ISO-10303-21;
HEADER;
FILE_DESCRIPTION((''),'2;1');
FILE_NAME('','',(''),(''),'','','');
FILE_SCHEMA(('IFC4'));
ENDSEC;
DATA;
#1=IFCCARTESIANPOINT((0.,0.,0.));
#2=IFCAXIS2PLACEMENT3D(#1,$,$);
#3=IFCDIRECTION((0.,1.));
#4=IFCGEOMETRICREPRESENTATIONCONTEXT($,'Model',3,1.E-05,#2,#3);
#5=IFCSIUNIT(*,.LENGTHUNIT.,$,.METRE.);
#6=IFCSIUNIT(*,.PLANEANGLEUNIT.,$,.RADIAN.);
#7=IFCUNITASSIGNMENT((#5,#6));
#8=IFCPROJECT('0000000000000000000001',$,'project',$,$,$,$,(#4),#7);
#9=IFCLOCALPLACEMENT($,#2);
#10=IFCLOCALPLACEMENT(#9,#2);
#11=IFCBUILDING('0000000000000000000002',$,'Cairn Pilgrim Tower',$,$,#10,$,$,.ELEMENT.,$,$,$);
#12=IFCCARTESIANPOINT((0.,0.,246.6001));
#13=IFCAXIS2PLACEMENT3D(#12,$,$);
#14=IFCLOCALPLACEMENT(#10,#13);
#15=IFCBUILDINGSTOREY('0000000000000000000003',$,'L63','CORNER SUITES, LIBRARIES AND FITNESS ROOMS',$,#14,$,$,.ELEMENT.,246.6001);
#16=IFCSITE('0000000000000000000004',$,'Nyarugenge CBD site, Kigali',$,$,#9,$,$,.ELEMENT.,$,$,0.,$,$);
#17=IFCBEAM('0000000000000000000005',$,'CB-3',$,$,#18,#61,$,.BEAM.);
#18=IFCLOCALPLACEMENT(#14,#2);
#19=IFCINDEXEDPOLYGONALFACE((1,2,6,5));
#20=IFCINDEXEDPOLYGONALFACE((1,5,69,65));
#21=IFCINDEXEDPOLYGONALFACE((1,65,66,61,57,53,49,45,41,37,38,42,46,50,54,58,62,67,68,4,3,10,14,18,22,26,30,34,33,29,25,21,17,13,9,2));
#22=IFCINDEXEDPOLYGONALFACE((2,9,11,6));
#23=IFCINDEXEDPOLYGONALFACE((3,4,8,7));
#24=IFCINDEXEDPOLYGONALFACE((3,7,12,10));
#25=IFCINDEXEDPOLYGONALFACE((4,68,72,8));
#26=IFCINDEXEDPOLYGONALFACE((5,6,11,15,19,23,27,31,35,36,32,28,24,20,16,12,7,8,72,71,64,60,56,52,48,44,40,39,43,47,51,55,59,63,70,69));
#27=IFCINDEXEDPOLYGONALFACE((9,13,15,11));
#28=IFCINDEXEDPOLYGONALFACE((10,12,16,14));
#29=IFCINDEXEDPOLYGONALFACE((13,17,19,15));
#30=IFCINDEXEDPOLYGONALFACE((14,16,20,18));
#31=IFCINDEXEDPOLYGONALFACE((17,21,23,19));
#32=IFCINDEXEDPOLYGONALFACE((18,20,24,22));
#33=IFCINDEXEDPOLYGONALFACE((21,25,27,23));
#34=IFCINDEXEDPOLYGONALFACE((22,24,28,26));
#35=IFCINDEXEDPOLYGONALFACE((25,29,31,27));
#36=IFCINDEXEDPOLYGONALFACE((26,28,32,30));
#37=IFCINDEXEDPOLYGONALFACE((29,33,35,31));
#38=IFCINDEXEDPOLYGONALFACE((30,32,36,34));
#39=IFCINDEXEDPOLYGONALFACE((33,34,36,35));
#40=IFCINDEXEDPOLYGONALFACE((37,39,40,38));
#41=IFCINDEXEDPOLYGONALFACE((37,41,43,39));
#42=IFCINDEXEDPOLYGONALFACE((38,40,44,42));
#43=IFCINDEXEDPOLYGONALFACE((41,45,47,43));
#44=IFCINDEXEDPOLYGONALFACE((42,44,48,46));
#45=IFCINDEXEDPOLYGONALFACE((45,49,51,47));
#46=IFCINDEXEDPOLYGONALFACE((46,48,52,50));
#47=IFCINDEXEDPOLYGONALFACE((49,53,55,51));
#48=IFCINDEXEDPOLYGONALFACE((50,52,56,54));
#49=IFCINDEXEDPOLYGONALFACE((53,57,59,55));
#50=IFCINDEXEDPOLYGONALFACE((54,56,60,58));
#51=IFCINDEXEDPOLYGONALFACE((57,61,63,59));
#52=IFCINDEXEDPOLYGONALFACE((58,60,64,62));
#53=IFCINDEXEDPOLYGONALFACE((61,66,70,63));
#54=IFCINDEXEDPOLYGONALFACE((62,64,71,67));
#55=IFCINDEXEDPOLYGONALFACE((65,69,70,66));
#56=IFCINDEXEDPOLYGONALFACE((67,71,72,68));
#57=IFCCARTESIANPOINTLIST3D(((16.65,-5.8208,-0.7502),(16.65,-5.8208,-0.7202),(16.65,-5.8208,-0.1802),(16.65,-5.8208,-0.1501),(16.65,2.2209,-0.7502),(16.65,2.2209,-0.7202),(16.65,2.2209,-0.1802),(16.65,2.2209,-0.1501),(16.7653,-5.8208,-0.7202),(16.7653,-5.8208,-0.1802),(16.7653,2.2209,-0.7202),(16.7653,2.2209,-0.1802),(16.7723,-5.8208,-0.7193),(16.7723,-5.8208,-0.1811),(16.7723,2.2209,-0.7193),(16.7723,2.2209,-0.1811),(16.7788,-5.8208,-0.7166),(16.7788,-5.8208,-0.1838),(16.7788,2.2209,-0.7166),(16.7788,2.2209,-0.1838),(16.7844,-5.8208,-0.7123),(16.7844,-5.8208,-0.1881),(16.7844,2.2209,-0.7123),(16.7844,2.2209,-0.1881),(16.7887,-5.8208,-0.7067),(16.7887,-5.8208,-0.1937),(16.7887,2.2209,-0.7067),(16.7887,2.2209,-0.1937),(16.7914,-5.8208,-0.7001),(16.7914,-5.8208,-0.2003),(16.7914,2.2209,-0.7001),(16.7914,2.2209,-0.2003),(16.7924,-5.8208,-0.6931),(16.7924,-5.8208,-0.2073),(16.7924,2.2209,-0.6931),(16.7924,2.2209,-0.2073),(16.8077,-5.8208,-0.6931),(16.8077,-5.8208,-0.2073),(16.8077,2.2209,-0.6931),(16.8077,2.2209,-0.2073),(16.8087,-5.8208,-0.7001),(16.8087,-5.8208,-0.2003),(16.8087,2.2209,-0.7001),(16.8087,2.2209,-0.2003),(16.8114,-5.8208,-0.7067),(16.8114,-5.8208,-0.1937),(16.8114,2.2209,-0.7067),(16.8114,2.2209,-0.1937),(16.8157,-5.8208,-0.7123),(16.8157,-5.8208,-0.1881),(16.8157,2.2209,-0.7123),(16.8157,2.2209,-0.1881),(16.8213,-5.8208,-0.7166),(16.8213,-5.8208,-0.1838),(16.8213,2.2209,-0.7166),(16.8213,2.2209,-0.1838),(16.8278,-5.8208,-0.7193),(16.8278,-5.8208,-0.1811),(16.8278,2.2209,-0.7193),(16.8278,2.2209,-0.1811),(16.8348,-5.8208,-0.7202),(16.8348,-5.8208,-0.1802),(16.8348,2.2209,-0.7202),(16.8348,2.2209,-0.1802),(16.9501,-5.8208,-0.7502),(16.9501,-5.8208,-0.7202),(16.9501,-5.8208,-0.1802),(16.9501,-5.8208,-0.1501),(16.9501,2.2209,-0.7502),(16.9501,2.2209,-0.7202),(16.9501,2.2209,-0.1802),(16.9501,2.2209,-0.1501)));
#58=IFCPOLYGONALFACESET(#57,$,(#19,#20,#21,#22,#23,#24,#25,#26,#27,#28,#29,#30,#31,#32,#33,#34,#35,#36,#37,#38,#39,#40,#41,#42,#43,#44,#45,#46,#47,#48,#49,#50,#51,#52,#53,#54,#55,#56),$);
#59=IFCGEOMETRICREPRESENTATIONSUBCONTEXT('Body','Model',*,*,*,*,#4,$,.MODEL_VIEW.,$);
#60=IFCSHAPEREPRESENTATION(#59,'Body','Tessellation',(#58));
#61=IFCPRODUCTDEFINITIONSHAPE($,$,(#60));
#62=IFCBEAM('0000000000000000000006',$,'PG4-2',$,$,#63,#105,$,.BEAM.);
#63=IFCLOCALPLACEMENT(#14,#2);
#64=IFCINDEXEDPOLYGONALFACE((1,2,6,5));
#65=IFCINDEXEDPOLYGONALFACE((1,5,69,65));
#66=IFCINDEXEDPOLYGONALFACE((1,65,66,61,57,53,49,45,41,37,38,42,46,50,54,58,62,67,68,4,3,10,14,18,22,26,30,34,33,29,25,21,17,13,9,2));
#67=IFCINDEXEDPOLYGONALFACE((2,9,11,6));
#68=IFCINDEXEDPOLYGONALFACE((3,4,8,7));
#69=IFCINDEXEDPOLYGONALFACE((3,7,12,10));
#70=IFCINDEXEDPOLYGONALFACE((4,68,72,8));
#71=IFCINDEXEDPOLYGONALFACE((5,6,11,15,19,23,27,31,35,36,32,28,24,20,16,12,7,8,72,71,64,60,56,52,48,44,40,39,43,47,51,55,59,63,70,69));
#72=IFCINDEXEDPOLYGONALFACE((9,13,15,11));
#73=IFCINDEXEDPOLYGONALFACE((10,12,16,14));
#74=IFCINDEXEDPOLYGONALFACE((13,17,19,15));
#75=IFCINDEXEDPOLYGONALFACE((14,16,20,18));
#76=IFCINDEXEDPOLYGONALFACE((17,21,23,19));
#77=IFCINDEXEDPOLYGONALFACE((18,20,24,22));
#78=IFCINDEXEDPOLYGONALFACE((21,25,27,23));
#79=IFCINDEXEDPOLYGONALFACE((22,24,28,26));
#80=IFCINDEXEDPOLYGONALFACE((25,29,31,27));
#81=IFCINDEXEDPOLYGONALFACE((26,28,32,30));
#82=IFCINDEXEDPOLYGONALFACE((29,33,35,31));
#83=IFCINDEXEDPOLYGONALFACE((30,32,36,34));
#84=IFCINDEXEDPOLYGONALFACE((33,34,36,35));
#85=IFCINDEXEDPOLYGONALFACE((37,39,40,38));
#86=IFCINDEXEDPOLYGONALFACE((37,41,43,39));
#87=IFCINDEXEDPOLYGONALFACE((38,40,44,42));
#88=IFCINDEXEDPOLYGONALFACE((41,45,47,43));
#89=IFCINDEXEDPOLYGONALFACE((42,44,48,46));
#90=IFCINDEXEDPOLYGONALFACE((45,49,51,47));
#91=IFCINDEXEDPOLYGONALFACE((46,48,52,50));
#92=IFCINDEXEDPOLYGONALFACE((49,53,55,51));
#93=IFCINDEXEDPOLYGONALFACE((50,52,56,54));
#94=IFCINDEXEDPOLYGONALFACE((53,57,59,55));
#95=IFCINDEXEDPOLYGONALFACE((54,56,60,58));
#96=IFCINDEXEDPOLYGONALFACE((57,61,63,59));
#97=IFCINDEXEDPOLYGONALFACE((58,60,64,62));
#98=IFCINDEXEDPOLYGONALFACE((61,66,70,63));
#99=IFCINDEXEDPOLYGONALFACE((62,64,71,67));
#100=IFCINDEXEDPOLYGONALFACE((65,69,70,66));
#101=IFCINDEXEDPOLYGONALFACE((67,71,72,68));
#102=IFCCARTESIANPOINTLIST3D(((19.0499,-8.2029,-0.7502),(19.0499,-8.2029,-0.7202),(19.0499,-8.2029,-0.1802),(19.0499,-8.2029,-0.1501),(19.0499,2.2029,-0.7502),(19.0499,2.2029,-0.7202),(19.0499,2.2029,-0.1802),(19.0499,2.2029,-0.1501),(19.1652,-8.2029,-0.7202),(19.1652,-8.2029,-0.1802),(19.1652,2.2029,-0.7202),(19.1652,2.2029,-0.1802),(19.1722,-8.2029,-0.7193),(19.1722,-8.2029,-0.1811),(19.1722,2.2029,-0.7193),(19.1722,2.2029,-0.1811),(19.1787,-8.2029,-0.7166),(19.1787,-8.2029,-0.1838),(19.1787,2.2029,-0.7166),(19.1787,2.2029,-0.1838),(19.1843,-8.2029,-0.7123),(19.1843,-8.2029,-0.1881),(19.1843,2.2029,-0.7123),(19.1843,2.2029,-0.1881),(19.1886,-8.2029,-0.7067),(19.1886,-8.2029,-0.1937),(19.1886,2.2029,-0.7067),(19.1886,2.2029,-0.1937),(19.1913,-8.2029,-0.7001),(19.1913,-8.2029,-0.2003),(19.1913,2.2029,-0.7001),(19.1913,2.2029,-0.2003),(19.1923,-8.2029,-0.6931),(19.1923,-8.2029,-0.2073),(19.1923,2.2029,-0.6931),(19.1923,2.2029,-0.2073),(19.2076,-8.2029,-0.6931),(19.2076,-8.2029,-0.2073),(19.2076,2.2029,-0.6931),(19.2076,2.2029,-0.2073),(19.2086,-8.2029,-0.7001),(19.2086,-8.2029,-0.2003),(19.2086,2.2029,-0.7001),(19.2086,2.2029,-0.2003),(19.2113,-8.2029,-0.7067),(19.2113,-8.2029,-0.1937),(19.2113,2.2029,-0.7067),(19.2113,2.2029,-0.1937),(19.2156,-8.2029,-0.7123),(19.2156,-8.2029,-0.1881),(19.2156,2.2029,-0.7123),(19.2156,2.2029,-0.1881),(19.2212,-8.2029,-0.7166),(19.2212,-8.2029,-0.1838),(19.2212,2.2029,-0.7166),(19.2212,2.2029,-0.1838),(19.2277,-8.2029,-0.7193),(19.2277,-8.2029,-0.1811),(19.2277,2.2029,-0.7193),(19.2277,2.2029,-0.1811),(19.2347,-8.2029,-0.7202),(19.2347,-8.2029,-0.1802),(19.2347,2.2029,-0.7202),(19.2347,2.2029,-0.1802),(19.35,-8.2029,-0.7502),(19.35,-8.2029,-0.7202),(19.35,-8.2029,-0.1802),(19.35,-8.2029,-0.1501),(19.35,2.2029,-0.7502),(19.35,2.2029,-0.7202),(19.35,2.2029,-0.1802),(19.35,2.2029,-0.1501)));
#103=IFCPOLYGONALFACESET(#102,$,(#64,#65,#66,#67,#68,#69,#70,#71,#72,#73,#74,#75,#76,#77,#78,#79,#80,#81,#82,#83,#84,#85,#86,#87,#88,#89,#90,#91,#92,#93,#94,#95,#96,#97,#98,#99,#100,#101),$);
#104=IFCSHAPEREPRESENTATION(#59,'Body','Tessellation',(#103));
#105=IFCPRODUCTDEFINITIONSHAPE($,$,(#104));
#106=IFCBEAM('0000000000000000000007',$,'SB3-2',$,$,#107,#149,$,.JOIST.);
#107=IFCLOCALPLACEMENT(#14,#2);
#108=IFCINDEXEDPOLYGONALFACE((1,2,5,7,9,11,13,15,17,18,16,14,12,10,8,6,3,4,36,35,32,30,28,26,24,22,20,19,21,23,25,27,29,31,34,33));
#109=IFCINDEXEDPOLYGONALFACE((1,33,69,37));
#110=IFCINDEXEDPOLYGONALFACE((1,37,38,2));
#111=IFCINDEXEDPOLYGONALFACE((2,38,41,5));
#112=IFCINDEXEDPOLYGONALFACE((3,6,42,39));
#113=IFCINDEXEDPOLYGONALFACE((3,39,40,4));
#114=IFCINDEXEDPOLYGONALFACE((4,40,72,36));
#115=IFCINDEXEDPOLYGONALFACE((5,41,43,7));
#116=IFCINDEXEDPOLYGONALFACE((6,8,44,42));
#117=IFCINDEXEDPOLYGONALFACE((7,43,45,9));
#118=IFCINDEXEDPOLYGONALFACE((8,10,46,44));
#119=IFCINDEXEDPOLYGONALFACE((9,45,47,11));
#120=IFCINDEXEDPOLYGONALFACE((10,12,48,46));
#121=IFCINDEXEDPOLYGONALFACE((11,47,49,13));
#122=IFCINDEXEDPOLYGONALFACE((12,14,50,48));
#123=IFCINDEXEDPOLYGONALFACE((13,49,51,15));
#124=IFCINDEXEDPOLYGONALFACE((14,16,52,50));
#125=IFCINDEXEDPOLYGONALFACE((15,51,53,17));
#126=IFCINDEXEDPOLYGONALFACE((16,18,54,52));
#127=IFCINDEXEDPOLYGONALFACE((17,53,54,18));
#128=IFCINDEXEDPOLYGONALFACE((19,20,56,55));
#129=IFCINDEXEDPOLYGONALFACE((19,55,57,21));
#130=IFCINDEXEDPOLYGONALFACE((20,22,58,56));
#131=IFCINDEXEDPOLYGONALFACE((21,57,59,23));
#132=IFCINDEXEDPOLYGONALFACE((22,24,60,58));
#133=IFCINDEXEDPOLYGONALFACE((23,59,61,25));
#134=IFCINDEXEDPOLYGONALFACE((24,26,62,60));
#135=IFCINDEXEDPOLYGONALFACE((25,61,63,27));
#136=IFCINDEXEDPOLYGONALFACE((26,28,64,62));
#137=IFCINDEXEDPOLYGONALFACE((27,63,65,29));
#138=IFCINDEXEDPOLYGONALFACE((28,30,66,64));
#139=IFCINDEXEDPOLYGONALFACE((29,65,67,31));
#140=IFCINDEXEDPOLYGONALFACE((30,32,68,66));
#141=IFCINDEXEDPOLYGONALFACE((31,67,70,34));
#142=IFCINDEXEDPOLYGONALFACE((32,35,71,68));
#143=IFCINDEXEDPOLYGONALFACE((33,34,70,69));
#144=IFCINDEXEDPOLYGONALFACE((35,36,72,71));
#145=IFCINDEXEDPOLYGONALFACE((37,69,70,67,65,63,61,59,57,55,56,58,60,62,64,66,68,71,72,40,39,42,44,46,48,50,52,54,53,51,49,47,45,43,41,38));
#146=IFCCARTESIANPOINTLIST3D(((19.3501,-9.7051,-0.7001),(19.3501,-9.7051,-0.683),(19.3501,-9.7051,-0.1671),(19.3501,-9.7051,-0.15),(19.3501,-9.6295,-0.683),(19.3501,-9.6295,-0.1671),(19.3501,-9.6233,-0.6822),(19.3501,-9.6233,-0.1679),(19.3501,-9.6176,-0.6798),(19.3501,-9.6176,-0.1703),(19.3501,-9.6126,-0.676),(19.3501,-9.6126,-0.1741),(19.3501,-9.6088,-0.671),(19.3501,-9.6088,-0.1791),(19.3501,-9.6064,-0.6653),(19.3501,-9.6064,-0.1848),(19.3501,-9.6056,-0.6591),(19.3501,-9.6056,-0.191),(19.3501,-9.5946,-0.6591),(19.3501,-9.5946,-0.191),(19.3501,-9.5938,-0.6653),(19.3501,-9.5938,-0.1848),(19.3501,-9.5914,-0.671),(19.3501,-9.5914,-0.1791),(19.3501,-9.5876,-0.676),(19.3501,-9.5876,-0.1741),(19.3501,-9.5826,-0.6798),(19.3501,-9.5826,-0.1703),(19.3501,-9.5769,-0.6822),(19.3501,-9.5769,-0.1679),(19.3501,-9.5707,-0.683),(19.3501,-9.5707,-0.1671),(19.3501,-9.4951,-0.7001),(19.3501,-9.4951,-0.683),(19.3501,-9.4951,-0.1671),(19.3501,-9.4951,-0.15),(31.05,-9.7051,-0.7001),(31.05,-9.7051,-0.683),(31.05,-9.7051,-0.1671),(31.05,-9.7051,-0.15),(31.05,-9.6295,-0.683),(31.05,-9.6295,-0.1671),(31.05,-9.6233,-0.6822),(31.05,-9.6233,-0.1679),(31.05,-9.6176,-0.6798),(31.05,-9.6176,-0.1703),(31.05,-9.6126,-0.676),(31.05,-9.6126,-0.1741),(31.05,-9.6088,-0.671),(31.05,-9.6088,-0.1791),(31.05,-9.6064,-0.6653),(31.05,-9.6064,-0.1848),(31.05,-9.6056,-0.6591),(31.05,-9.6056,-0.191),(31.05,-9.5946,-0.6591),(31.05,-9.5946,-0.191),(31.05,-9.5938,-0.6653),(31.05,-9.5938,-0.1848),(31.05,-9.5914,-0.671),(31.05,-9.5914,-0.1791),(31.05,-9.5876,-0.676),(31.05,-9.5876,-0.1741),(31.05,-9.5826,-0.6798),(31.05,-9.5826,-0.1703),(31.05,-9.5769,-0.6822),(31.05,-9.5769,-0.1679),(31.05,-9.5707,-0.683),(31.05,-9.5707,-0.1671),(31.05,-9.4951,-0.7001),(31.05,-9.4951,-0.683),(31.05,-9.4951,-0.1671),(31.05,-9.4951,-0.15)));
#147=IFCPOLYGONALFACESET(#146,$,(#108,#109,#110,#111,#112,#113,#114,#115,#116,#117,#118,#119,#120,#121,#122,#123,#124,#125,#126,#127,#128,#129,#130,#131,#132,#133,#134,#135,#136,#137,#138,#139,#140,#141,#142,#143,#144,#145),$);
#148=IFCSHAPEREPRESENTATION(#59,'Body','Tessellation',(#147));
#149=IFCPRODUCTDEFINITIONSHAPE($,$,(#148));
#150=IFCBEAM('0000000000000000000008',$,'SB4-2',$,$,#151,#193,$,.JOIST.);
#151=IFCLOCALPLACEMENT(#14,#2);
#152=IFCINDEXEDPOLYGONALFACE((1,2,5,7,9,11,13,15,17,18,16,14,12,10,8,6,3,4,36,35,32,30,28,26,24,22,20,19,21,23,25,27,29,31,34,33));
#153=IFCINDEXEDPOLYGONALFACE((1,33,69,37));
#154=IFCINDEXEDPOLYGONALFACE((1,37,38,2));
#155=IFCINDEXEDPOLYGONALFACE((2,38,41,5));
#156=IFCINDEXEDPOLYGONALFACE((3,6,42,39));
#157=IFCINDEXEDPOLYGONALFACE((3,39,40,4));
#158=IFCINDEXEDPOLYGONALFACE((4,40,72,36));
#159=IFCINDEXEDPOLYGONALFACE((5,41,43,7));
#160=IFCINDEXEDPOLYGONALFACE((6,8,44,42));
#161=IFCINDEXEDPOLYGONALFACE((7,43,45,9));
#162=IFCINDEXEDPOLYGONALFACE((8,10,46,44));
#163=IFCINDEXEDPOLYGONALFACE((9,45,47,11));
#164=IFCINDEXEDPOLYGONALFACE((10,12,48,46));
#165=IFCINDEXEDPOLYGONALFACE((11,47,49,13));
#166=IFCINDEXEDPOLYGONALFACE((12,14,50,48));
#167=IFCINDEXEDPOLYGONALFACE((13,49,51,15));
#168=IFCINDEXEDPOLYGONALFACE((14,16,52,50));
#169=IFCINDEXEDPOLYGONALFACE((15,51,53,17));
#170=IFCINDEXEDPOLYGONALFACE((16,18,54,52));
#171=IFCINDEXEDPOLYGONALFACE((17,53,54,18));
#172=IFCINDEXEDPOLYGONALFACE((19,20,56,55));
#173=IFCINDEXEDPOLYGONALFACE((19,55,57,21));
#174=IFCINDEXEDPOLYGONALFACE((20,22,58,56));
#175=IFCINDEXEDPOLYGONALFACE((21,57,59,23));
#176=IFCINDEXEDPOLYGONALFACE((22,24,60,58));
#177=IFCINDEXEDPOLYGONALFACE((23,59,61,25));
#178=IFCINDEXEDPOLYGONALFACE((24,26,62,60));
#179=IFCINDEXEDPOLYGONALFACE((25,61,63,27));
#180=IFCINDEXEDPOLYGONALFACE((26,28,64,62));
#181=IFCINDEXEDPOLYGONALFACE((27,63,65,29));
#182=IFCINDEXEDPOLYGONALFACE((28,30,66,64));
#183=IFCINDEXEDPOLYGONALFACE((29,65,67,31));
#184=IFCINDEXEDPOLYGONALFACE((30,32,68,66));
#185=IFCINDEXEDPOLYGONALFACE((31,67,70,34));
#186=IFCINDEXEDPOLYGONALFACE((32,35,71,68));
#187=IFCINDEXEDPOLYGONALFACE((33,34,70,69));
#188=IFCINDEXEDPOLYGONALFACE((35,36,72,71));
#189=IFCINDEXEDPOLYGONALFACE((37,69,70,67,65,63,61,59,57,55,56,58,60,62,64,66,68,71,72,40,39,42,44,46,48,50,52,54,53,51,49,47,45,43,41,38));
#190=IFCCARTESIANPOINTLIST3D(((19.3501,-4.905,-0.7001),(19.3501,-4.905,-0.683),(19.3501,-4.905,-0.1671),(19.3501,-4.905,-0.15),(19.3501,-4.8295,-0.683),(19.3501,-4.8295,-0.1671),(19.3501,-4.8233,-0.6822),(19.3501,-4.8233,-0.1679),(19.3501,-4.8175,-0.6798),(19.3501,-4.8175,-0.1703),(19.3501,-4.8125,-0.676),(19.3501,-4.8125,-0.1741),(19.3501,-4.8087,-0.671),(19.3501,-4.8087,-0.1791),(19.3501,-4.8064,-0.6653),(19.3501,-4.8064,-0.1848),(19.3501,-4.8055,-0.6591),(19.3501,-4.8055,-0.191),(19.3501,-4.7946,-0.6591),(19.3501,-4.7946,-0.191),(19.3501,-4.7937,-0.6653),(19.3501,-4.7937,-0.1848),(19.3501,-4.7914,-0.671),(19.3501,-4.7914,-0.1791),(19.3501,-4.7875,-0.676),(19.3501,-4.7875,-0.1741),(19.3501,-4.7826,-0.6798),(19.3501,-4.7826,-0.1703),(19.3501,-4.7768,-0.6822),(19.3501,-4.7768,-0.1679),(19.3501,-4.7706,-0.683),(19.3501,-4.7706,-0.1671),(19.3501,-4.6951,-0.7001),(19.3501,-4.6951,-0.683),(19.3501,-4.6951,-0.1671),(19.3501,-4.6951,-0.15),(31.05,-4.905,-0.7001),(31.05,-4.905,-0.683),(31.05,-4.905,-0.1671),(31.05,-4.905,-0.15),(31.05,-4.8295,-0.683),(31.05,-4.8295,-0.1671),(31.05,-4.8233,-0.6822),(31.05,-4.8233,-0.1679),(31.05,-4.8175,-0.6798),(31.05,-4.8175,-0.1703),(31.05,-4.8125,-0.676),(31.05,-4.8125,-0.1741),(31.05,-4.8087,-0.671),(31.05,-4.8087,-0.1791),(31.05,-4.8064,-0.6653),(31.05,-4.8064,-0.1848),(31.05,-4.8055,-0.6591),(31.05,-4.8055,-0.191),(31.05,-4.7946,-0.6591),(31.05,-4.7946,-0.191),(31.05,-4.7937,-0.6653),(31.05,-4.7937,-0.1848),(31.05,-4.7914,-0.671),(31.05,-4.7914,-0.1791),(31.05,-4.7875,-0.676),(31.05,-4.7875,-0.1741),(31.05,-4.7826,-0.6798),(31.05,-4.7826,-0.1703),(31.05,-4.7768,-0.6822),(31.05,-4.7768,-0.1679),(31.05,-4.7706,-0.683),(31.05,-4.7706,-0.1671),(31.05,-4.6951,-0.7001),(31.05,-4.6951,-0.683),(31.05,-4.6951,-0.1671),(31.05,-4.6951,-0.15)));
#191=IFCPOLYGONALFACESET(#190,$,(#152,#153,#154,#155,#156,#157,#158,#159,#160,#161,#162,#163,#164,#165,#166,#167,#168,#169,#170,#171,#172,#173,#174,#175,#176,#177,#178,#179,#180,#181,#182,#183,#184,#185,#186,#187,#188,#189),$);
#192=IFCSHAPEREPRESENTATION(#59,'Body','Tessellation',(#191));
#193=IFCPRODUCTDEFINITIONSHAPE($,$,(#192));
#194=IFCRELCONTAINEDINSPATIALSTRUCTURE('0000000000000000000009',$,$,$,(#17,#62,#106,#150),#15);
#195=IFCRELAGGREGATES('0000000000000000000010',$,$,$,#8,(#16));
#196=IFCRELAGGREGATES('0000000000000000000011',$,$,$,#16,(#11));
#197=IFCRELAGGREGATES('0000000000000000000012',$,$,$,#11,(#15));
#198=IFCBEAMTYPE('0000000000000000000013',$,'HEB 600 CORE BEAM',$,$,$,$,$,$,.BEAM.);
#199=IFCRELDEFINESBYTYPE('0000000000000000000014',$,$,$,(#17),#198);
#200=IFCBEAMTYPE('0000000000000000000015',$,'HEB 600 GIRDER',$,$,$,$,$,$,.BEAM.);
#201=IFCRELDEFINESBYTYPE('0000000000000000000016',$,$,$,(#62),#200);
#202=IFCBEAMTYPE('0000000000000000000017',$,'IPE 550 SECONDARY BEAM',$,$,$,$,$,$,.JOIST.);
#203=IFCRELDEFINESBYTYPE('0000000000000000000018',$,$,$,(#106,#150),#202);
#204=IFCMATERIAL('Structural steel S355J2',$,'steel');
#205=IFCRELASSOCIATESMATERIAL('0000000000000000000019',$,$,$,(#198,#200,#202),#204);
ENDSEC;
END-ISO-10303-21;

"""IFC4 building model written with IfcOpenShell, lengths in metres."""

from ifc_helpers import new_model, si_unit, direction, frame, origin, origin_2d, place, context, subcontext, project, spatial, i_section, extrude, material, material_profile, profile_set, type_object, element, save


model = new_model("IFC4")

# Units and contexts
model_context = context("Model", 3, precision=1e-05, world=origin(), true_north=direction((0.0, 1.0)))
body_context = subcontext(model_context, "Body", "Model", "MODEL_VIEW")
ifc_project = project(units=[si_unit("LENGTHUNIT", "METRE"), si_unit("PLANEANGLEUNIT", "RADIAN")], contexts=[model_context])

# Site, building, storey
site_placement = place(None, origin())
site = spatial("IfcSite", under=ifc_project, at=site_placement, Name="Nyarugenge CBD site, Kigali", CompositionType="ELEMENT", RefElevation=0.0)
building_placement = place(site_placement, origin())
building = spatial("IfcBuilding", under=site, at=building_placement, Name="Cairn Pilgrim Tower", CompositionType="ELEMENT")
storey_placement = place(building_placement, frame((0.0, 0.0, 246.6001)))
storey = spatial("IfcBuildingStorey", under=building, at=storey_placement, Name="L63", Description="CORNER SUITES, LIBRARIES AND FITNESS ROOMS", CompositionType="ELEMENT", Elevation=246.6001)

# Shared definitions
ifc_material_1 = material(Name="Structural steel S355J2", Category="steel")

# Beams
ifc_material_profile_1 = material_profile(ifc_material_1, i_section(OverallWidth=0.3, OverallDepth=0.6001, WebThickness=0.0154, FlangeThickness=0.03, FilletRadius=0.0271, at=origin_2d()), Name="HEB 600")
ifc_profile_set_1 = profile_set([ifc_material_profile_1], Name="Structural steel S355J2")
beam_type_1 = type_object("IfcBeamType", Name="HEB 600 CORE BEAM", PredefinedType="BEAM", material=ifc_profile_set_1)
beam_1_placement = place(storey_placement, frame((16.8, -5.8208, -0.4502), z_axis=(0.0, 1.0, 0.0), x_axis=(-1.0, 0.0, 0.0)))
element("IfcBeam", 1, at=beam_1_placement, inside=storey, type_object=beam_type_1, Name="CB-3", PredefinedType="BEAM", context=body_context, shape_type="SweptSolid", body=[
    extrude(i_section(OverallWidth=0.3, OverallDepth=0.6001, WebThickness=0.0154, FlangeThickness=0.03, FilletRadius=0.0271, at=origin_2d()), origin(), (0.0, 0.0, 1.0), 8.0417),
])
ifc_material_profile_2 = material_profile(ifc_material_1, i_section(OverallWidth=0.3, OverallDepth=0.6001, WebThickness=0.0154, FlangeThickness=0.03, FilletRadius=0.0271, at=origin_2d()), Name="HEB 600")
ifc_profile_set_2 = profile_set([ifc_material_profile_2], Name="Structural steel S355J2")
beam_type_2 = type_object("IfcBeamType", Name="HEB 600 GIRDER", PredefinedType="BEAM", material=ifc_profile_set_2)
beam_2_placement = place(storey_placement, frame((19.2, -8.2029, -0.4502), z_axis=(0.0, 1.0, 0.0), x_axis=(-1.0, 0.0, 0.0)))
element("IfcBeam", 2, at=beam_2_placement, inside=storey, type_object=beam_type_2, Name="PG4-2", PredefinedType="BEAM", context=body_context, shape_type="SweptSolid", body=[
    extrude(i_section(OverallWidth=0.3, OverallDepth=0.6001, WebThickness=0.0154, FlangeThickness=0.03, FilletRadius=0.0271, at=origin_2d()), origin(), (0.0, 0.0, 1.0), 10.4058),
])
ifc_material_profile_3 = material_profile(ifc_material_1, i_section(OverallWidth=0.21, OverallDepth=0.55, WebThickness=0.011, FlangeThickness=0.0171, FilletRadius=0.0239, at=origin_2d()), Name="IPE 550")
ifc_profile_set_3 = profile_set([ifc_material_profile_3], Name="Structural steel S355J2")
beam_type_3 = type_object("IfcBeamType", Name="IPE 550 SECONDARY BEAM", PredefinedType="JOIST", material=ifc_profile_set_3)
for number, where, z_axis, x_axis, name in (
    (3, (19.3501, -9.6001, -0.425), (1.0, 0.0, 0.0), (0.0, 1.0, 0.0), "SB3-2"),
    (4, (19.3501, -4.8, -0.425), (1.0, 0.0, 0.0), (0.0, 1.0, 0.0), "SB4-2"),
):
    element("IfcBeam", number, at=place(storey_placement, frame(where, z_axis=z_axis, x_axis=x_axis)), inside=storey, type_object=beam_type_3, Name=name, PredefinedType="JOIST", context=body_context, shape_type="SweptSolid", body=[
        extrude(i_section(OverallWidth=0.21, OverallDepth=0.55, WebThickness=0.011, FlangeThickness=0.0171, FilletRadius=0.0239, at=origin_2d()), origin(), (0.0, 0.0, 1.0), 11.7),
    ])

save(model, "model.ifc")
